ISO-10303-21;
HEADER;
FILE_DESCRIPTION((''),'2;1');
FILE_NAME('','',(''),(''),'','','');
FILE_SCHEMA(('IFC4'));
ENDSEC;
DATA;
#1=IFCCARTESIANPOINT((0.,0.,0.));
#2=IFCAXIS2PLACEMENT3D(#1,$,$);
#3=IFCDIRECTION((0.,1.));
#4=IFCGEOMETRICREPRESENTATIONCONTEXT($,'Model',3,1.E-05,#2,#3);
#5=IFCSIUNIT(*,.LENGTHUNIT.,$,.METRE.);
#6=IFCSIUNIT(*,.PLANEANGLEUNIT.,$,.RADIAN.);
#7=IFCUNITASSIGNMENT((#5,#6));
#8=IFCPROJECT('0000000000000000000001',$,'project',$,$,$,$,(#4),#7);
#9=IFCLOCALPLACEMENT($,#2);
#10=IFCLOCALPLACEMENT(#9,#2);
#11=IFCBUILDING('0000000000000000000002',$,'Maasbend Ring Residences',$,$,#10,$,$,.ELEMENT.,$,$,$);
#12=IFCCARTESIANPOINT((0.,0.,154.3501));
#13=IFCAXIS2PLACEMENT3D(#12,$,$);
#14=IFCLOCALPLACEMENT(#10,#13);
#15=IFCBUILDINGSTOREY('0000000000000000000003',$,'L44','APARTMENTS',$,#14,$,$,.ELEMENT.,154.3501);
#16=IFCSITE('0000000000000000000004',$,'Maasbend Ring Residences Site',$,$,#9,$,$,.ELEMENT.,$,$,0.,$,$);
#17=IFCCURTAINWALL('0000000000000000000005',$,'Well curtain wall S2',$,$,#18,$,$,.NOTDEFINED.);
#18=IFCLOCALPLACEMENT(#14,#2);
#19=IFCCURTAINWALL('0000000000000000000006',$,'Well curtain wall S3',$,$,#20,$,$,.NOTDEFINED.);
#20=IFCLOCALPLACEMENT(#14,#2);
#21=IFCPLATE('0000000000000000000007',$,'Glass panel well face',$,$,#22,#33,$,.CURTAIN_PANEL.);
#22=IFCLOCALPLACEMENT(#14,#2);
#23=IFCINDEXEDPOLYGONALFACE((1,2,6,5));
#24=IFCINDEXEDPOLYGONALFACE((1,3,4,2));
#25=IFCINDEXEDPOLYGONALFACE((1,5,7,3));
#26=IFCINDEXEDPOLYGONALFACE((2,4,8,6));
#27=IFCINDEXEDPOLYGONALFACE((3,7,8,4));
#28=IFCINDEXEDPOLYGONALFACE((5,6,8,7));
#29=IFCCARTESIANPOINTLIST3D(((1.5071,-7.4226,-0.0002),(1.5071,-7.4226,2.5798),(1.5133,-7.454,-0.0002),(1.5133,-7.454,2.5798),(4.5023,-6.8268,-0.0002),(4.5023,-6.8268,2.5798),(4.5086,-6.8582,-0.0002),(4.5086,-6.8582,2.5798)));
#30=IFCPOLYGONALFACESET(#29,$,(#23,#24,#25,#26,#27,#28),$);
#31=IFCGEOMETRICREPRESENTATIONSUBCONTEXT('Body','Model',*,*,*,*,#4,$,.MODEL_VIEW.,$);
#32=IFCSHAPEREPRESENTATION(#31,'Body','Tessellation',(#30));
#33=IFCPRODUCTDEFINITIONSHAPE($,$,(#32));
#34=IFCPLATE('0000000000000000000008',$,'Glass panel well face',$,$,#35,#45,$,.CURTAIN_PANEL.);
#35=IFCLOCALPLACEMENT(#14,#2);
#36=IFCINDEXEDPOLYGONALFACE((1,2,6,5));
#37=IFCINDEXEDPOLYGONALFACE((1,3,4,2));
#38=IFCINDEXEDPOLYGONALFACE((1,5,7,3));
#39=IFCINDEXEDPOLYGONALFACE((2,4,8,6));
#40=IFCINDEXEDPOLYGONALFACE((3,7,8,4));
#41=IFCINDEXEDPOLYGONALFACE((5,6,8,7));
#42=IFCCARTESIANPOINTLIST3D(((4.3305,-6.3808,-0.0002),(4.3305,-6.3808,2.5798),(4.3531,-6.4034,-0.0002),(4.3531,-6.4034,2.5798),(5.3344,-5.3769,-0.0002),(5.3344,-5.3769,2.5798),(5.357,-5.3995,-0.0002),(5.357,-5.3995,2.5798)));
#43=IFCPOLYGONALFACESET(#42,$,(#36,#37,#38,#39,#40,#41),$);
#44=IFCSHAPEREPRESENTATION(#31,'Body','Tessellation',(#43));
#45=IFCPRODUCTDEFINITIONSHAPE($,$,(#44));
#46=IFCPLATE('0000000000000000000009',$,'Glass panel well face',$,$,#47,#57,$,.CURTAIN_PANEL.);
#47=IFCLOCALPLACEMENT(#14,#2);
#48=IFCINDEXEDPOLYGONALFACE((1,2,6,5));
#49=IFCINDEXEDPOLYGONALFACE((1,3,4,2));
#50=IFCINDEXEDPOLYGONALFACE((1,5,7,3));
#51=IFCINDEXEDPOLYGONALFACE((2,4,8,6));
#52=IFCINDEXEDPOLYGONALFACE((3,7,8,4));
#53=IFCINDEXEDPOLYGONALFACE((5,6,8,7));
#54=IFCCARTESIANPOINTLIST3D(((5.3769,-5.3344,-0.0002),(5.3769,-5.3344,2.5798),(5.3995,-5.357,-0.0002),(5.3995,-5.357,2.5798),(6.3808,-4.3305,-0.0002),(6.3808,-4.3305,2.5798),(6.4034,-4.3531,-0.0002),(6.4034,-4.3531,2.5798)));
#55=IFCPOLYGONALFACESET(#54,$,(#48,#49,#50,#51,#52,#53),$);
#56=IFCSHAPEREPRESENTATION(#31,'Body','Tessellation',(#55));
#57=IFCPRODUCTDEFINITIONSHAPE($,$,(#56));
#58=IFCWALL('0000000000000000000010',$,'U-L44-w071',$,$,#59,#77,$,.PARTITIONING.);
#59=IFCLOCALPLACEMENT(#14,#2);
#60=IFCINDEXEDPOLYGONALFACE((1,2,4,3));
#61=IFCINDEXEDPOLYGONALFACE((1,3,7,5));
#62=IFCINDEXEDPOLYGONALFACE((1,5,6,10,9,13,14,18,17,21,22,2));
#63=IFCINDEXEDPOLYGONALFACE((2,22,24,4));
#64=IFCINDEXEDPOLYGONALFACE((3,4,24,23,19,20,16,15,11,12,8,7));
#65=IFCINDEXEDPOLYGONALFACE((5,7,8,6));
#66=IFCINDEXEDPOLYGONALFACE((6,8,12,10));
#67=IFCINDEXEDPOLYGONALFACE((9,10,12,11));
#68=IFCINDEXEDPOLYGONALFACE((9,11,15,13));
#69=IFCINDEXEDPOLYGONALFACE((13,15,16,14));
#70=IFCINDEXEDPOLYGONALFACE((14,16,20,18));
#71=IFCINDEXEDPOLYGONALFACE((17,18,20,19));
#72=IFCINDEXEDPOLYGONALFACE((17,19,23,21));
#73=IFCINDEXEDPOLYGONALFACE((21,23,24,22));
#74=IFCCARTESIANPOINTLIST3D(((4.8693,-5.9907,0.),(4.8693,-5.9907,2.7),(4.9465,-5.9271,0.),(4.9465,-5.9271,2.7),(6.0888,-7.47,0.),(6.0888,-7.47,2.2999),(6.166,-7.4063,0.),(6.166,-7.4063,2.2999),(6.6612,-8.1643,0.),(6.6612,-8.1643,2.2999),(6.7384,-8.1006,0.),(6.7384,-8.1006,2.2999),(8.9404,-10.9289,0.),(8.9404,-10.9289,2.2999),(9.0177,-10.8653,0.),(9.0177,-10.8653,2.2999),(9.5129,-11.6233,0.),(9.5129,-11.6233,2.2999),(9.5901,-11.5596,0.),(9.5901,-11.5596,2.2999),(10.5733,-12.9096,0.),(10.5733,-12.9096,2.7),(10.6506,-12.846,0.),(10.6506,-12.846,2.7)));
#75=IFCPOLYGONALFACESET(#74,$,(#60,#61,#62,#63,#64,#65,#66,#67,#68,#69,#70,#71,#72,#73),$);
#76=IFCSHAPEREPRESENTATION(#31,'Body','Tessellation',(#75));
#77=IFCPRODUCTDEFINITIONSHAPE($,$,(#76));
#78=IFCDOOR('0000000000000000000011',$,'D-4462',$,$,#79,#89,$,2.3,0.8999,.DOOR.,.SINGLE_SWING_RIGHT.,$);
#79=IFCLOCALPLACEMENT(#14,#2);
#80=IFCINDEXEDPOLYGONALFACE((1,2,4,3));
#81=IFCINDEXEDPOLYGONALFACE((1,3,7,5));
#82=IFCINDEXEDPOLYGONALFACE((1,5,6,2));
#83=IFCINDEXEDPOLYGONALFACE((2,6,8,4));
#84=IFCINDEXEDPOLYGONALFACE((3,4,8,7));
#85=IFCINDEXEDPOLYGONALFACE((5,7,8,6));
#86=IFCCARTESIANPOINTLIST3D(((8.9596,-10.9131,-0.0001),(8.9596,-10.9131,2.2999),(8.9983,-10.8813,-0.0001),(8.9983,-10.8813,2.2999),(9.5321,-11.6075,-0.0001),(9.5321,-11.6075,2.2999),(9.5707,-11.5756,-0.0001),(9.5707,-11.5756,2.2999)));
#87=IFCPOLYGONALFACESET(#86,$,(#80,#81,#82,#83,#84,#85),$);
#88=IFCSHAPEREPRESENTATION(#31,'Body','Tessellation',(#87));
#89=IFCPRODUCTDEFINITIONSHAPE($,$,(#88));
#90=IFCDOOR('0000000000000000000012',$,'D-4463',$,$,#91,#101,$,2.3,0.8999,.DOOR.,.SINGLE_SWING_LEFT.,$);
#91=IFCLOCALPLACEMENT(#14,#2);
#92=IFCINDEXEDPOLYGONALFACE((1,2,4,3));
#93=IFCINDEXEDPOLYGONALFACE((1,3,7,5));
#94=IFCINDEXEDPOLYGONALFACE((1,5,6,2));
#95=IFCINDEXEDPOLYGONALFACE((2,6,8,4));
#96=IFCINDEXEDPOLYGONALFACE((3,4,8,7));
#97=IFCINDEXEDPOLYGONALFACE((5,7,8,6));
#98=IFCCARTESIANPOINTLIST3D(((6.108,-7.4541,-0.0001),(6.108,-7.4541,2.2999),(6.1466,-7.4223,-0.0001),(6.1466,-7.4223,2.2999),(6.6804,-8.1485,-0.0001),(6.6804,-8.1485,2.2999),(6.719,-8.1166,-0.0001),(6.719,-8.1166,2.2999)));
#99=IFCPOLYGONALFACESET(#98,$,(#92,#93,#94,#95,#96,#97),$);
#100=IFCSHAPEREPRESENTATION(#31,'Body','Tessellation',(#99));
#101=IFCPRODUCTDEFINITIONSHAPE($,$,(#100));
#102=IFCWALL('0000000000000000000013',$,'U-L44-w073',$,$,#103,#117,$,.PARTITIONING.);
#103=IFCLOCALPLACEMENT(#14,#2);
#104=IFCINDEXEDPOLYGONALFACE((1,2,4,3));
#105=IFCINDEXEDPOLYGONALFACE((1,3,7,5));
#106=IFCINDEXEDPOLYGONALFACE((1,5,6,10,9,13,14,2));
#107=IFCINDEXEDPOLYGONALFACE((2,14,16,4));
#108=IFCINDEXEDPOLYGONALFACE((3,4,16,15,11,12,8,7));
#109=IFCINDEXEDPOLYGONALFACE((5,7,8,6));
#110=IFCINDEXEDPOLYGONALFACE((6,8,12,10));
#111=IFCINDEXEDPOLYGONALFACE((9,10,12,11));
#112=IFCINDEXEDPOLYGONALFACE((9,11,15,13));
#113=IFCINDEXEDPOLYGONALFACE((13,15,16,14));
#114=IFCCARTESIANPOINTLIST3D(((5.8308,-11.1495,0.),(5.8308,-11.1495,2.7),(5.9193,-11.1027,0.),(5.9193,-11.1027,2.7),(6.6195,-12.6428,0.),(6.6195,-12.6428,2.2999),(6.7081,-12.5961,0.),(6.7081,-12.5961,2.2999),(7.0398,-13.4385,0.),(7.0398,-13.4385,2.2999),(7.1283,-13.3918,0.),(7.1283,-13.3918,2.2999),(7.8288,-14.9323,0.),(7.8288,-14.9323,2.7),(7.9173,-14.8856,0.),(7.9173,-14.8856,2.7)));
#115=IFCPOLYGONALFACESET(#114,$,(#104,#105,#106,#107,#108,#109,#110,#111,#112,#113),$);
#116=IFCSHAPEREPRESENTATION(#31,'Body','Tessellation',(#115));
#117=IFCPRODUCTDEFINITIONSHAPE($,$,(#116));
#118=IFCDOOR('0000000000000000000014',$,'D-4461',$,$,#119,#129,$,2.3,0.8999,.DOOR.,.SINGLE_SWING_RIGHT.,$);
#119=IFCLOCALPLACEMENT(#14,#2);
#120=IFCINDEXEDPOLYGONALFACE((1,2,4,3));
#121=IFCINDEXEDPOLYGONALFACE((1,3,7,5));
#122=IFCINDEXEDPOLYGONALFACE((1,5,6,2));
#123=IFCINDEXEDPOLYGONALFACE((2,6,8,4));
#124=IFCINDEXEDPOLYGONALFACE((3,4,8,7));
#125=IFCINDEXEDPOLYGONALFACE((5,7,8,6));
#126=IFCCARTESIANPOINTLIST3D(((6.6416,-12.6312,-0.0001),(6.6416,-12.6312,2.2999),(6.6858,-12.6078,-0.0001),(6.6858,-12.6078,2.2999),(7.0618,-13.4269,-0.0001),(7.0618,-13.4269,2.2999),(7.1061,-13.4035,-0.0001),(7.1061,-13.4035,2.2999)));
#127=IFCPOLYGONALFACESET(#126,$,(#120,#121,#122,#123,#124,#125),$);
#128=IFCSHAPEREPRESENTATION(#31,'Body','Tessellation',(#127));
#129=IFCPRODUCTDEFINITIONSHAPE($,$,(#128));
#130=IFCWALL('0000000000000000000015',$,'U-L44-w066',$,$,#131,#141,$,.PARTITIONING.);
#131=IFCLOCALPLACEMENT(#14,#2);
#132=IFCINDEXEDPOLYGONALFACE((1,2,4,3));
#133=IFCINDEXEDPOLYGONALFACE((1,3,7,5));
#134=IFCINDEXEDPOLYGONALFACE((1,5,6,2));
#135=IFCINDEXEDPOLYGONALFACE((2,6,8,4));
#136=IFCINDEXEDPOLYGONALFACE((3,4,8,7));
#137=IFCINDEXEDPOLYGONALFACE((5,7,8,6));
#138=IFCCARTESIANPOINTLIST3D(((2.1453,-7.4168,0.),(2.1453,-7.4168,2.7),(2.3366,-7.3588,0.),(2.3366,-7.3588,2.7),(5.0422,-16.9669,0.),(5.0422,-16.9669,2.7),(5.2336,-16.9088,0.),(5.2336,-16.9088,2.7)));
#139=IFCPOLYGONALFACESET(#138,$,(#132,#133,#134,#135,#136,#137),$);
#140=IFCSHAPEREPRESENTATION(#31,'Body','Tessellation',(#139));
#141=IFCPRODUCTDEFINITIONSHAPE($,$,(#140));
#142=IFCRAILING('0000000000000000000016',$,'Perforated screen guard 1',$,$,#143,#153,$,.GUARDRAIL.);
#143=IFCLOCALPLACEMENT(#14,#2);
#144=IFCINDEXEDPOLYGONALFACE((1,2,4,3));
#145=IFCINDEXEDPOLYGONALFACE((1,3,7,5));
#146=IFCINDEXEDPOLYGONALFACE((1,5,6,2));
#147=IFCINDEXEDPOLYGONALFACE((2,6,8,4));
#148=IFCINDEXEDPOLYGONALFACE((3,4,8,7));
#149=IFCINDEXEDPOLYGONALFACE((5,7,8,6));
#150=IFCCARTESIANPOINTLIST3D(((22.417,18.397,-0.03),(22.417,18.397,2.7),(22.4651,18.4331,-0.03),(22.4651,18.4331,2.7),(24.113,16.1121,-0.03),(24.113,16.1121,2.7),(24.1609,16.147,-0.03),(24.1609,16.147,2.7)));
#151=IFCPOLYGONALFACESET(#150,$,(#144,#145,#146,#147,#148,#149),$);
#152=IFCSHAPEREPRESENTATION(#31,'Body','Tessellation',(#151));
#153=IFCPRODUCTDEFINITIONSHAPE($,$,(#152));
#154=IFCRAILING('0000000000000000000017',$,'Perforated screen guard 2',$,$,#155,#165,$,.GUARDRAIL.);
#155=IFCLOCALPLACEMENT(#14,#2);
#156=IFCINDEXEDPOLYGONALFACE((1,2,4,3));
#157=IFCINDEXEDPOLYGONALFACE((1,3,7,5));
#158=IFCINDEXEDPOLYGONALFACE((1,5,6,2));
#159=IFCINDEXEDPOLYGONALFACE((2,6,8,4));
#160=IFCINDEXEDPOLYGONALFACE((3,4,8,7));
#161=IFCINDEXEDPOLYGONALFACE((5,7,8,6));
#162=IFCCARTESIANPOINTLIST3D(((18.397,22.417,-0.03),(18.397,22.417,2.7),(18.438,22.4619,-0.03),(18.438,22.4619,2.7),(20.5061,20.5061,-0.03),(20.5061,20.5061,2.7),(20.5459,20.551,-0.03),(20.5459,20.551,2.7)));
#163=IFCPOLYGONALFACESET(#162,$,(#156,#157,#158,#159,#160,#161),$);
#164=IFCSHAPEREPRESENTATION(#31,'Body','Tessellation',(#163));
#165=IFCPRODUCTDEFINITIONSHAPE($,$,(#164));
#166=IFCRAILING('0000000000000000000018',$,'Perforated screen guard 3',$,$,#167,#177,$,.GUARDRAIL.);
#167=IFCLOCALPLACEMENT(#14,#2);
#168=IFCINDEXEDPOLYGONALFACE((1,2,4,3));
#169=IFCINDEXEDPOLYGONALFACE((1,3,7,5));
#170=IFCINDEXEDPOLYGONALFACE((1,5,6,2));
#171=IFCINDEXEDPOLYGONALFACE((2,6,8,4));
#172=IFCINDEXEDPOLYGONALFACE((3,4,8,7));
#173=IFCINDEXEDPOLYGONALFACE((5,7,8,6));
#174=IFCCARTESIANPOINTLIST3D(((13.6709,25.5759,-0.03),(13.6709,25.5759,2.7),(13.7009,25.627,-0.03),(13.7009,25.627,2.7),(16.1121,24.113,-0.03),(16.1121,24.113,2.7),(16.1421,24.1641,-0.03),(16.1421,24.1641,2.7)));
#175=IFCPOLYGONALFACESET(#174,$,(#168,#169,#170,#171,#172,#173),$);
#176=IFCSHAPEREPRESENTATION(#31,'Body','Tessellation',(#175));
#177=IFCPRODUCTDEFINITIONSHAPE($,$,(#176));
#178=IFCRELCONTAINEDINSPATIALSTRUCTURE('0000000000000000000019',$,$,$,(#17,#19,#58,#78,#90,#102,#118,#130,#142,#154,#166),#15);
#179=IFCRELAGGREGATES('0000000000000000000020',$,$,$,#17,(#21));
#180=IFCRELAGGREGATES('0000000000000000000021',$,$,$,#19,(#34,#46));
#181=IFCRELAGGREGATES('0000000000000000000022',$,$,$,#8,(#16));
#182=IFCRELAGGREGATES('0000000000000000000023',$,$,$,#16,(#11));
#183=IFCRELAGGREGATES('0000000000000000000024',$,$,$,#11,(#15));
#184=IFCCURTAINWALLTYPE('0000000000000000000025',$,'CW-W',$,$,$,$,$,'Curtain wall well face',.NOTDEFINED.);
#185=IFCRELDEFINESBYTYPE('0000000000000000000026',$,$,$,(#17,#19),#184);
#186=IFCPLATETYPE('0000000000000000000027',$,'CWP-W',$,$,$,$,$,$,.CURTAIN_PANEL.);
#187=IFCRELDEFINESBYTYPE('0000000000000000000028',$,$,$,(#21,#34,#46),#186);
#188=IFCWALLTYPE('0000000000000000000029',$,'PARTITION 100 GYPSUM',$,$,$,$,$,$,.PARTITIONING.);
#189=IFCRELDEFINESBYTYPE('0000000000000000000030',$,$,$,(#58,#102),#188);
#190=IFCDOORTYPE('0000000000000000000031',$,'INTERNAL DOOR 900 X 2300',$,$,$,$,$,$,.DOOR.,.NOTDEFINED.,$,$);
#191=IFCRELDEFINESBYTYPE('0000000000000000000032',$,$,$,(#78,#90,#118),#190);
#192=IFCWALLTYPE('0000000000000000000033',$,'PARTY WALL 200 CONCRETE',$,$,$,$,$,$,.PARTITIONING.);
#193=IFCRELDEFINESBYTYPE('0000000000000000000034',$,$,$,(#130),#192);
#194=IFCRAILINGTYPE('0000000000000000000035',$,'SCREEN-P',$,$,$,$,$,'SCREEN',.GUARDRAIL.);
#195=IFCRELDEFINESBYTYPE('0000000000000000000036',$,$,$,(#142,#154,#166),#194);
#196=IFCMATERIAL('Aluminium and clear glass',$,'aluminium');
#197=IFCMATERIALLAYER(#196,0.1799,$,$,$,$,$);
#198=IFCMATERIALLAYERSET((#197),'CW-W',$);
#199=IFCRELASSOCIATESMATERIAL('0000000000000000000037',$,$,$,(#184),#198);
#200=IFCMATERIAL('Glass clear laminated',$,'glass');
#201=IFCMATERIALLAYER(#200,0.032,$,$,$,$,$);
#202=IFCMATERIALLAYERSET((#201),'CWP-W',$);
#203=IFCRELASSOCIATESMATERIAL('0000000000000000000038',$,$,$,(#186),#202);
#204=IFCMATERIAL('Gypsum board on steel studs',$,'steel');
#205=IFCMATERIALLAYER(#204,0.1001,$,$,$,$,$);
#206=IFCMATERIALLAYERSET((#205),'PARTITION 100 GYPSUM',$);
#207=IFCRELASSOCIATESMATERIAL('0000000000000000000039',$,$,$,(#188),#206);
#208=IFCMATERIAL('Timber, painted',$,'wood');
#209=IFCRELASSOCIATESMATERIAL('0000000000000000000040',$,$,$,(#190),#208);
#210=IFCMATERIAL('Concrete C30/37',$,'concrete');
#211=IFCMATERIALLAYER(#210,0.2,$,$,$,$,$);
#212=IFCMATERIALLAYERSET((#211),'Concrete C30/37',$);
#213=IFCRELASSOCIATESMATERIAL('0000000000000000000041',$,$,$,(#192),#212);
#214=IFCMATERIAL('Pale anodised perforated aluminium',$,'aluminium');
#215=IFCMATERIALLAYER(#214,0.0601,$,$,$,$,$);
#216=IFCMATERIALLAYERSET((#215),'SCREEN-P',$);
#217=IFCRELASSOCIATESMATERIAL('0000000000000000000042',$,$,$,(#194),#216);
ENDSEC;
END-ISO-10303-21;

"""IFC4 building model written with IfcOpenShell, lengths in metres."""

from ifc_helpers import new_model, si_unit, direction, frame, frame_2d, origin, origin_2d, place, context, subcontext, project, spatial, polyline, rectangle, outline, extrude, material, layer, layer_set, type_object, element, fill, aggregate, save


model = new_model("IFC4")

# Units and contexts
model_context = context("Model", 3, precision=1e-05, world=origin(), true_north=direction((0.0, 1.0)))
body_context = subcontext(model_context, "Body", "Model", "MODEL_VIEW")
ifc_project = project(units=[si_unit("LENGTHUNIT", "METRE"), si_unit("PLANEANGLEUNIT", "RADIAN")], contexts=[model_context])

# Site, building, storey
site_placement = place(None, origin())
site = spatial("IfcSite", under=ifc_project, at=site_placement, Name="Maasbend Ring Residences Site", CompositionType="ELEMENT", RefElevation=0.0)
building_placement = place(site_placement, origin())
building = spatial("IfcBuilding", under=site, at=building_placement, Name="Maasbend Ring Residences", CompositionType="ELEMENT")
storey_placement = place(building_placement, frame((0.0, 0.0, 154.3501)))
storey = spatial("IfcBuildingStorey", under=building, at=storey_placement, Name="L44", Description="APARTMENTS", CompositionType="ELEMENT", Elevation=154.3501)

# Curtain walls
ifc_material_1 = material(Name="Aluminium and clear glass", Category="aluminium")
ifc_layer_1 = layer(ifc_material_1, 0.1799)
ifc_layer_set_1 = layer_set([ifc_layer_1], Name="CW-W")
curtain_wall_type = type_object("IfcCurtainWallType", Name="CW-W", ElementType="Curtain wall well face", PredefinedType="NOTDEFINED", material=ifc_layer_set_1)
curtain_wall_1_placement = place(storey_placement, origin())
curtain_wall_1 = element("IfcCurtainWall", 1, at=curtain_wall_1_placement, inside=storey, type_object=curtain_wall_type, Name="Well curtain wall S2", PredefinedType="NOTDEFINED")
curtain_wall_2_placement = place(storey_placement, origin())
curtain_wall_2 = element("IfcCurtainWall", 2, at=curtain_wall_2_placement, inside=storey, type_object=curtain_wall_type, Name="Well curtain wall S3", PredefinedType="NOTDEFINED")

# Plates
ifc_material_2 = material(Name="Glass clear laminated", Category="glass")
ifc_layer_2 = layer(ifc_material_2, 0.032)
ifc_layer_set_2 = layer_set([ifc_layer_2], Name="CWP-W")
plate_type = type_object("IfcPlateType", Name="CWP-W", PredefinedType="CURTAIN_PANEL", material=ifc_layer_set_2)
plate_1_placement = place(storey_placement, frame((3.0078, -7.1404, -0.0002), z_axis=(0.0, 0.0, 1.0), x_axis=(0.980785, 0.19509, 0.0)))
plate_1 = element("IfcPlate", 3, at=plate_1_placement, type_object=plate_type, Name="Glass panel well face", PredefinedType="CURTAIN_PANEL", context=body_context, shape_type="SweptSolid", body=[
    extrude(rectangle(XDim=3.054, YDim=0.032, at=origin_2d()), origin(), (0.0, 0.0, 1.0), 2.5801),
])
aggregate(curtain_wall_1, [plate_1])
plate_2_placement = place(storey_placement, frame((4.8438, -5.8901, -0.0002), z_axis=(0.0, 0.0, 1.0), x_axis=(0.707107, 0.707107, 0.0)))
plate_2 = element("IfcPlate", 4, at=plate_2_placement, type_object=plate_type, Name="Glass panel well face", PredefinedType="CURTAIN_PANEL", context=body_context, shape_type="SweptSolid", body=[
    extrude(rectangle(XDim=1.4197, YDim=0.032, at=origin_2d()), origin(), (0.0, 0.0, 1.0), 2.5801),
])
plate_3_placement = place(storey_placement, frame((5.8901, -4.8438, -0.0002), z_axis=(0.0, 0.0, 1.0), x_axis=(0.707107, 0.707107, 0.0)))
plate_3 = element("IfcPlate", 5, at=plate_3_placement, type_object=plate_type, Name="Glass panel well face", PredefinedType="CURTAIN_PANEL", context=body_context, shape_type="SweptSolid", body=[
    extrude(rectangle(XDim=1.4197, YDim=0.032, at=origin_2d()), origin(), (0.0, 0.0, 1.0), 2.5801),
])
aggregate(curtain_wall_2, [plate_2, plate_3])

# Wall, openings, doors
ifc_material_3 = material(Name="Gypsum board on steel studs", Category="steel")
ifc_layer_3 = layer(ifc_material_3, 0.1001)
ifc_layer_set_3 = layer_set([ifc_layer_3], Name="PARTITION 100 GYPSUM")
wall_type_1 = type_object("IfcWallType", Name="PARTITION 100 GYPSUM", PredefinedType="PARTITIONING", material=ifc_layer_set_3)
wall_1_placement = place(storey_placement, frame((4.908, -5.959, 0.0), z_axis=(0.0, 0.0, 1.0), x_axis=(0.636116, -0.771594, 0.0)))
wall_1 = element("IfcWall", 6, at=wall_1_placement, inside=storey, type_object=wall_type_1, Name="U-L44-w071", PredefinedType="PARTITIONING", context=body_context, shape_type="SweptSolid", body=[
    extrude(rectangle(XDim=8.967, YDim=0.1001, at=frame_2d((4.4834, 0.0))), origin(), (0.0, 0.0, 1.0), 2.7),
])
opening_1_placement = place(wall_1_placement, frame((6.3999, 0.0, 0.0)))
opening_1 = element("IfcOpeningElement", 7, at=opening_1_placement, cuts=wall_1, PredefinedType="OPENING", context=body_context, shape_type="SweptSolid", body=[
    extrude(rectangle(XDim=0.8999, YDim=2.3, at=frame_2d((0.45, 1.1499))), frame((0.0, 0.0601, 0.0), z_axis=(0.0, -1.0, 0.0), x_axis=(1.0, 0.0, 0.0)), (0.0, 0.0, 1.0), 0.1201),
])
opening_2_placement = place(wall_1_placement, frame((1.917, 0.0, 0.0)))
opening_2 = element("IfcOpeningElement", 8, at=opening_2_placement, cuts=wall_1, PredefinedType="OPENING", context=body_context, shape_type="SweptSolid", body=[
    extrude(rectangle(XDim=0.8999, YDim=2.3, at=frame_2d((0.45, 1.1499))), frame((0.0, 0.0601, 0.0), z_axis=(0.0, -1.0, 0.0), x_axis=(1.0, 0.0, 0.0)), (0.0, 0.0, 1.0), 0.1201),
])
ifc_material_4 = material(Name="Timber, painted", Category="wood")
door_type = type_object("IfcDoorType", Name="INTERNAL DOOR 900 X 2300", OperationType="NOTDEFINED", PredefinedType="DOOR", material=ifc_material_4)
door_1_placement = place(opening_1_placement, origin())
door_1 = element("IfcDoor", 9, at=door_1_placement, inside=storey, type_object=door_type, Name="D-4462", OperationType="SINGLE_SWING_RIGHT", OverallHeight=2.3, OverallWidth=0.8999, PredefinedType="DOOR", context=body_context, shape_type="SweptSolid", body=[
    extrude(rectangle(XDim=0.8999, YDim=2.3, at=frame_2d((0.45, 1.1499))), frame((0.0, 0.0249, 0.0), z_axis=(0.0, -1.0, 0.0), x_axis=(1.0, 0.0, 0.0)), (0.0, 0.0, 1.0), 0.05),
])
fill(opening_1, door_1)
door_2_placement = place(opening_2_placement, origin())
door_2 = element("IfcDoor", 10, at=door_2_placement, inside=storey, type_object=door_type, Name="D-4463", OperationType="SINGLE_SWING_LEFT", OverallHeight=2.3, OverallWidth=0.8999, PredefinedType="DOOR", context=body_context, shape_type="SweptSolid", body=[
    extrude(rectangle(XDim=0.8999, YDim=2.3, at=frame_2d((0.45, 1.1499))), frame((0.0, 0.0249, 0.0), z_axis=(0.0, -1.0, 0.0), x_axis=(1.0, 0.0, 0.0)), (0.0, 0.0, 1.0), 0.05),
])
fill(opening_2, door_2)

# Wall, opening, door
wall_2_placement = place(storey_placement, frame((5.875, -11.126, 0.0), z_axis=(0.0, 0.0, 1.0), x_axis=(0.46703, -0.884241, 0.0)))
wall_2 = element("IfcWall", 11, at=wall_2_placement, inside=storey, type_object=wall_type_1, Name="U-L44-w073", PredefinedType="PARTITIONING", context=body_context, shape_type="SweptSolid", body=[
    extrude(rectangle(XDim=4.2781, YDim=0.1001, at=frame_2d((2.1392, 0.0))), origin(), (0.0, 0.0, 1.0), 2.7),
])
opening_3_placement = place(wall_2_placement, frame((1.689, 0.0, 0.0)))
opening_3 = element("IfcOpeningElement", 12, at=opening_3_placement, cuts=wall_2, PredefinedType="OPENING", context=body_context, shape_type="SweptSolid", body=[
    extrude(rectangle(XDim=0.8999, YDim=2.3, at=frame_2d((0.45, 1.1499))), frame((0.0, 0.0601, 0.0), z_axis=(0.0, -1.0, 0.0), x_axis=(1.0, 0.0, 0.0)), (0.0, 0.0, 1.0), 0.1201),
])
door_3_placement = place(opening_3_placement, origin())
door_3 = element("IfcDoor", 13, at=door_3_placement, inside=storey, type_object=door_type, Name="D-4461", OperationType="SINGLE_SWING_RIGHT", OverallHeight=2.3, OverallWidth=0.8999, PredefinedType="DOOR", context=body_context, shape_type="SweptSolid", body=[
    extrude(rectangle(XDim=0.8999, YDim=2.3, at=frame_2d((0.45, 1.1499))), frame((0.0, 0.0249, 0.0), z_axis=(0.0, -1.0, 0.0), x_axis=(1.0, 0.0, 0.0)), (0.0, 0.0, 1.0), 0.05),
])
fill(opening_3, door_3)

# Wall
ifc_material_5 = material(Name="Concrete C30/37", Category="concrete")
ifc_layer_4 = layer(ifc_material_5, 0.2)
ifc_layer_set_4 = layer_set([ifc_layer_4], Name="Concrete C30/37")
wall_type_2 = type_object("IfcWallType", Name="PARTY WALL 200 CONCRETE", PredefinedType="PARTITIONING", material=ifc_layer_set_4)
wall_3_placement = place(storey_placement, frame((2.241, -7.3879, 0.0), z_axis=(0.0, 0.0, 1.0), x_axis=(0.290284, -0.95694, 0.0)))
element("IfcWall", 14, at=wall_3_placement, inside=storey, type_object=wall_type_2, Name="U-L44-w066", PredefinedType="PARTITIONING", context=body_context, shape_type="SweptSolid", body=[
    extrude(rectangle(XDim=9.9797, YDim=0.2, at=frame_2d((4.9897, 0.0))), origin(), (0.0, 0.0, 1.0), 2.7),
])

# Railings
ifc_material_6 = material(Name="Pale anodised perforated aluminium", Category="aluminium")
ifc_layer_5 = layer(ifc_material_6, 0.0601)
ifc_layer_set_5 = layer_set([ifc_layer_5], Name="SCREEN-P")
railing_type = type_object("IfcRailingType", Name="SCREEN-P", ElementType="SCREEN", PredefinedType="GUARDRAIL", material=ifc_layer_set_5)
railing_1_placement = place(storey_placement, frame((0.0, 0.0, -0.03)))
element("IfcRailing", 15, at=railing_1_placement, inside=storey, type_object=railing_type, Name="Perforated screen guard 1", PredefinedType="GUARDRAIL", context=body_context, shape_type="SweptSolid", body=[
    extrude(outline(polyline([(24.113, 16.1121), (22.417, 18.397), (22.4651, 18.4331), (24.1609, 16.147), (24.113, 16.1121)])), origin(), (0.0, 0.0, 1.0), 2.73),
])
railing_2_placement = place(storey_placement, frame((0.0, 0.0, -0.03)))
element("IfcRailing", 16, at=railing_2_placement, inside=storey, type_object=railing_type, Name="Perforated screen guard 2", PredefinedType="GUARDRAIL", context=body_context, shape_type="SweptSolid", body=[
    extrude(outline(polyline([(20.5061, 20.5061), (18.397, 22.417), (18.438, 22.4619), (20.5459, 20.551), (20.5061, 20.5061)])), origin(), (0.0, 0.0, 1.0), 2.73),
])
railing_3_placement = place(storey_placement, frame((0.0, 0.0, -0.03)))
element("IfcRailing", 17, at=railing_3_placement, inside=storey, type_object=railing_type, Name="Perforated screen guard 3", PredefinedType="GUARDRAIL", context=body_context, shape_type="SweptSolid", body=[
    extrude(outline(polyline([(16.1121, 24.113), (13.6709, 25.5759), (13.7009, 25.627), (16.1421, 24.1641), (16.1121, 24.113)])), origin(), (0.0, 0.0, 1.0), 2.73),
])

save(model, "model.ifc")
